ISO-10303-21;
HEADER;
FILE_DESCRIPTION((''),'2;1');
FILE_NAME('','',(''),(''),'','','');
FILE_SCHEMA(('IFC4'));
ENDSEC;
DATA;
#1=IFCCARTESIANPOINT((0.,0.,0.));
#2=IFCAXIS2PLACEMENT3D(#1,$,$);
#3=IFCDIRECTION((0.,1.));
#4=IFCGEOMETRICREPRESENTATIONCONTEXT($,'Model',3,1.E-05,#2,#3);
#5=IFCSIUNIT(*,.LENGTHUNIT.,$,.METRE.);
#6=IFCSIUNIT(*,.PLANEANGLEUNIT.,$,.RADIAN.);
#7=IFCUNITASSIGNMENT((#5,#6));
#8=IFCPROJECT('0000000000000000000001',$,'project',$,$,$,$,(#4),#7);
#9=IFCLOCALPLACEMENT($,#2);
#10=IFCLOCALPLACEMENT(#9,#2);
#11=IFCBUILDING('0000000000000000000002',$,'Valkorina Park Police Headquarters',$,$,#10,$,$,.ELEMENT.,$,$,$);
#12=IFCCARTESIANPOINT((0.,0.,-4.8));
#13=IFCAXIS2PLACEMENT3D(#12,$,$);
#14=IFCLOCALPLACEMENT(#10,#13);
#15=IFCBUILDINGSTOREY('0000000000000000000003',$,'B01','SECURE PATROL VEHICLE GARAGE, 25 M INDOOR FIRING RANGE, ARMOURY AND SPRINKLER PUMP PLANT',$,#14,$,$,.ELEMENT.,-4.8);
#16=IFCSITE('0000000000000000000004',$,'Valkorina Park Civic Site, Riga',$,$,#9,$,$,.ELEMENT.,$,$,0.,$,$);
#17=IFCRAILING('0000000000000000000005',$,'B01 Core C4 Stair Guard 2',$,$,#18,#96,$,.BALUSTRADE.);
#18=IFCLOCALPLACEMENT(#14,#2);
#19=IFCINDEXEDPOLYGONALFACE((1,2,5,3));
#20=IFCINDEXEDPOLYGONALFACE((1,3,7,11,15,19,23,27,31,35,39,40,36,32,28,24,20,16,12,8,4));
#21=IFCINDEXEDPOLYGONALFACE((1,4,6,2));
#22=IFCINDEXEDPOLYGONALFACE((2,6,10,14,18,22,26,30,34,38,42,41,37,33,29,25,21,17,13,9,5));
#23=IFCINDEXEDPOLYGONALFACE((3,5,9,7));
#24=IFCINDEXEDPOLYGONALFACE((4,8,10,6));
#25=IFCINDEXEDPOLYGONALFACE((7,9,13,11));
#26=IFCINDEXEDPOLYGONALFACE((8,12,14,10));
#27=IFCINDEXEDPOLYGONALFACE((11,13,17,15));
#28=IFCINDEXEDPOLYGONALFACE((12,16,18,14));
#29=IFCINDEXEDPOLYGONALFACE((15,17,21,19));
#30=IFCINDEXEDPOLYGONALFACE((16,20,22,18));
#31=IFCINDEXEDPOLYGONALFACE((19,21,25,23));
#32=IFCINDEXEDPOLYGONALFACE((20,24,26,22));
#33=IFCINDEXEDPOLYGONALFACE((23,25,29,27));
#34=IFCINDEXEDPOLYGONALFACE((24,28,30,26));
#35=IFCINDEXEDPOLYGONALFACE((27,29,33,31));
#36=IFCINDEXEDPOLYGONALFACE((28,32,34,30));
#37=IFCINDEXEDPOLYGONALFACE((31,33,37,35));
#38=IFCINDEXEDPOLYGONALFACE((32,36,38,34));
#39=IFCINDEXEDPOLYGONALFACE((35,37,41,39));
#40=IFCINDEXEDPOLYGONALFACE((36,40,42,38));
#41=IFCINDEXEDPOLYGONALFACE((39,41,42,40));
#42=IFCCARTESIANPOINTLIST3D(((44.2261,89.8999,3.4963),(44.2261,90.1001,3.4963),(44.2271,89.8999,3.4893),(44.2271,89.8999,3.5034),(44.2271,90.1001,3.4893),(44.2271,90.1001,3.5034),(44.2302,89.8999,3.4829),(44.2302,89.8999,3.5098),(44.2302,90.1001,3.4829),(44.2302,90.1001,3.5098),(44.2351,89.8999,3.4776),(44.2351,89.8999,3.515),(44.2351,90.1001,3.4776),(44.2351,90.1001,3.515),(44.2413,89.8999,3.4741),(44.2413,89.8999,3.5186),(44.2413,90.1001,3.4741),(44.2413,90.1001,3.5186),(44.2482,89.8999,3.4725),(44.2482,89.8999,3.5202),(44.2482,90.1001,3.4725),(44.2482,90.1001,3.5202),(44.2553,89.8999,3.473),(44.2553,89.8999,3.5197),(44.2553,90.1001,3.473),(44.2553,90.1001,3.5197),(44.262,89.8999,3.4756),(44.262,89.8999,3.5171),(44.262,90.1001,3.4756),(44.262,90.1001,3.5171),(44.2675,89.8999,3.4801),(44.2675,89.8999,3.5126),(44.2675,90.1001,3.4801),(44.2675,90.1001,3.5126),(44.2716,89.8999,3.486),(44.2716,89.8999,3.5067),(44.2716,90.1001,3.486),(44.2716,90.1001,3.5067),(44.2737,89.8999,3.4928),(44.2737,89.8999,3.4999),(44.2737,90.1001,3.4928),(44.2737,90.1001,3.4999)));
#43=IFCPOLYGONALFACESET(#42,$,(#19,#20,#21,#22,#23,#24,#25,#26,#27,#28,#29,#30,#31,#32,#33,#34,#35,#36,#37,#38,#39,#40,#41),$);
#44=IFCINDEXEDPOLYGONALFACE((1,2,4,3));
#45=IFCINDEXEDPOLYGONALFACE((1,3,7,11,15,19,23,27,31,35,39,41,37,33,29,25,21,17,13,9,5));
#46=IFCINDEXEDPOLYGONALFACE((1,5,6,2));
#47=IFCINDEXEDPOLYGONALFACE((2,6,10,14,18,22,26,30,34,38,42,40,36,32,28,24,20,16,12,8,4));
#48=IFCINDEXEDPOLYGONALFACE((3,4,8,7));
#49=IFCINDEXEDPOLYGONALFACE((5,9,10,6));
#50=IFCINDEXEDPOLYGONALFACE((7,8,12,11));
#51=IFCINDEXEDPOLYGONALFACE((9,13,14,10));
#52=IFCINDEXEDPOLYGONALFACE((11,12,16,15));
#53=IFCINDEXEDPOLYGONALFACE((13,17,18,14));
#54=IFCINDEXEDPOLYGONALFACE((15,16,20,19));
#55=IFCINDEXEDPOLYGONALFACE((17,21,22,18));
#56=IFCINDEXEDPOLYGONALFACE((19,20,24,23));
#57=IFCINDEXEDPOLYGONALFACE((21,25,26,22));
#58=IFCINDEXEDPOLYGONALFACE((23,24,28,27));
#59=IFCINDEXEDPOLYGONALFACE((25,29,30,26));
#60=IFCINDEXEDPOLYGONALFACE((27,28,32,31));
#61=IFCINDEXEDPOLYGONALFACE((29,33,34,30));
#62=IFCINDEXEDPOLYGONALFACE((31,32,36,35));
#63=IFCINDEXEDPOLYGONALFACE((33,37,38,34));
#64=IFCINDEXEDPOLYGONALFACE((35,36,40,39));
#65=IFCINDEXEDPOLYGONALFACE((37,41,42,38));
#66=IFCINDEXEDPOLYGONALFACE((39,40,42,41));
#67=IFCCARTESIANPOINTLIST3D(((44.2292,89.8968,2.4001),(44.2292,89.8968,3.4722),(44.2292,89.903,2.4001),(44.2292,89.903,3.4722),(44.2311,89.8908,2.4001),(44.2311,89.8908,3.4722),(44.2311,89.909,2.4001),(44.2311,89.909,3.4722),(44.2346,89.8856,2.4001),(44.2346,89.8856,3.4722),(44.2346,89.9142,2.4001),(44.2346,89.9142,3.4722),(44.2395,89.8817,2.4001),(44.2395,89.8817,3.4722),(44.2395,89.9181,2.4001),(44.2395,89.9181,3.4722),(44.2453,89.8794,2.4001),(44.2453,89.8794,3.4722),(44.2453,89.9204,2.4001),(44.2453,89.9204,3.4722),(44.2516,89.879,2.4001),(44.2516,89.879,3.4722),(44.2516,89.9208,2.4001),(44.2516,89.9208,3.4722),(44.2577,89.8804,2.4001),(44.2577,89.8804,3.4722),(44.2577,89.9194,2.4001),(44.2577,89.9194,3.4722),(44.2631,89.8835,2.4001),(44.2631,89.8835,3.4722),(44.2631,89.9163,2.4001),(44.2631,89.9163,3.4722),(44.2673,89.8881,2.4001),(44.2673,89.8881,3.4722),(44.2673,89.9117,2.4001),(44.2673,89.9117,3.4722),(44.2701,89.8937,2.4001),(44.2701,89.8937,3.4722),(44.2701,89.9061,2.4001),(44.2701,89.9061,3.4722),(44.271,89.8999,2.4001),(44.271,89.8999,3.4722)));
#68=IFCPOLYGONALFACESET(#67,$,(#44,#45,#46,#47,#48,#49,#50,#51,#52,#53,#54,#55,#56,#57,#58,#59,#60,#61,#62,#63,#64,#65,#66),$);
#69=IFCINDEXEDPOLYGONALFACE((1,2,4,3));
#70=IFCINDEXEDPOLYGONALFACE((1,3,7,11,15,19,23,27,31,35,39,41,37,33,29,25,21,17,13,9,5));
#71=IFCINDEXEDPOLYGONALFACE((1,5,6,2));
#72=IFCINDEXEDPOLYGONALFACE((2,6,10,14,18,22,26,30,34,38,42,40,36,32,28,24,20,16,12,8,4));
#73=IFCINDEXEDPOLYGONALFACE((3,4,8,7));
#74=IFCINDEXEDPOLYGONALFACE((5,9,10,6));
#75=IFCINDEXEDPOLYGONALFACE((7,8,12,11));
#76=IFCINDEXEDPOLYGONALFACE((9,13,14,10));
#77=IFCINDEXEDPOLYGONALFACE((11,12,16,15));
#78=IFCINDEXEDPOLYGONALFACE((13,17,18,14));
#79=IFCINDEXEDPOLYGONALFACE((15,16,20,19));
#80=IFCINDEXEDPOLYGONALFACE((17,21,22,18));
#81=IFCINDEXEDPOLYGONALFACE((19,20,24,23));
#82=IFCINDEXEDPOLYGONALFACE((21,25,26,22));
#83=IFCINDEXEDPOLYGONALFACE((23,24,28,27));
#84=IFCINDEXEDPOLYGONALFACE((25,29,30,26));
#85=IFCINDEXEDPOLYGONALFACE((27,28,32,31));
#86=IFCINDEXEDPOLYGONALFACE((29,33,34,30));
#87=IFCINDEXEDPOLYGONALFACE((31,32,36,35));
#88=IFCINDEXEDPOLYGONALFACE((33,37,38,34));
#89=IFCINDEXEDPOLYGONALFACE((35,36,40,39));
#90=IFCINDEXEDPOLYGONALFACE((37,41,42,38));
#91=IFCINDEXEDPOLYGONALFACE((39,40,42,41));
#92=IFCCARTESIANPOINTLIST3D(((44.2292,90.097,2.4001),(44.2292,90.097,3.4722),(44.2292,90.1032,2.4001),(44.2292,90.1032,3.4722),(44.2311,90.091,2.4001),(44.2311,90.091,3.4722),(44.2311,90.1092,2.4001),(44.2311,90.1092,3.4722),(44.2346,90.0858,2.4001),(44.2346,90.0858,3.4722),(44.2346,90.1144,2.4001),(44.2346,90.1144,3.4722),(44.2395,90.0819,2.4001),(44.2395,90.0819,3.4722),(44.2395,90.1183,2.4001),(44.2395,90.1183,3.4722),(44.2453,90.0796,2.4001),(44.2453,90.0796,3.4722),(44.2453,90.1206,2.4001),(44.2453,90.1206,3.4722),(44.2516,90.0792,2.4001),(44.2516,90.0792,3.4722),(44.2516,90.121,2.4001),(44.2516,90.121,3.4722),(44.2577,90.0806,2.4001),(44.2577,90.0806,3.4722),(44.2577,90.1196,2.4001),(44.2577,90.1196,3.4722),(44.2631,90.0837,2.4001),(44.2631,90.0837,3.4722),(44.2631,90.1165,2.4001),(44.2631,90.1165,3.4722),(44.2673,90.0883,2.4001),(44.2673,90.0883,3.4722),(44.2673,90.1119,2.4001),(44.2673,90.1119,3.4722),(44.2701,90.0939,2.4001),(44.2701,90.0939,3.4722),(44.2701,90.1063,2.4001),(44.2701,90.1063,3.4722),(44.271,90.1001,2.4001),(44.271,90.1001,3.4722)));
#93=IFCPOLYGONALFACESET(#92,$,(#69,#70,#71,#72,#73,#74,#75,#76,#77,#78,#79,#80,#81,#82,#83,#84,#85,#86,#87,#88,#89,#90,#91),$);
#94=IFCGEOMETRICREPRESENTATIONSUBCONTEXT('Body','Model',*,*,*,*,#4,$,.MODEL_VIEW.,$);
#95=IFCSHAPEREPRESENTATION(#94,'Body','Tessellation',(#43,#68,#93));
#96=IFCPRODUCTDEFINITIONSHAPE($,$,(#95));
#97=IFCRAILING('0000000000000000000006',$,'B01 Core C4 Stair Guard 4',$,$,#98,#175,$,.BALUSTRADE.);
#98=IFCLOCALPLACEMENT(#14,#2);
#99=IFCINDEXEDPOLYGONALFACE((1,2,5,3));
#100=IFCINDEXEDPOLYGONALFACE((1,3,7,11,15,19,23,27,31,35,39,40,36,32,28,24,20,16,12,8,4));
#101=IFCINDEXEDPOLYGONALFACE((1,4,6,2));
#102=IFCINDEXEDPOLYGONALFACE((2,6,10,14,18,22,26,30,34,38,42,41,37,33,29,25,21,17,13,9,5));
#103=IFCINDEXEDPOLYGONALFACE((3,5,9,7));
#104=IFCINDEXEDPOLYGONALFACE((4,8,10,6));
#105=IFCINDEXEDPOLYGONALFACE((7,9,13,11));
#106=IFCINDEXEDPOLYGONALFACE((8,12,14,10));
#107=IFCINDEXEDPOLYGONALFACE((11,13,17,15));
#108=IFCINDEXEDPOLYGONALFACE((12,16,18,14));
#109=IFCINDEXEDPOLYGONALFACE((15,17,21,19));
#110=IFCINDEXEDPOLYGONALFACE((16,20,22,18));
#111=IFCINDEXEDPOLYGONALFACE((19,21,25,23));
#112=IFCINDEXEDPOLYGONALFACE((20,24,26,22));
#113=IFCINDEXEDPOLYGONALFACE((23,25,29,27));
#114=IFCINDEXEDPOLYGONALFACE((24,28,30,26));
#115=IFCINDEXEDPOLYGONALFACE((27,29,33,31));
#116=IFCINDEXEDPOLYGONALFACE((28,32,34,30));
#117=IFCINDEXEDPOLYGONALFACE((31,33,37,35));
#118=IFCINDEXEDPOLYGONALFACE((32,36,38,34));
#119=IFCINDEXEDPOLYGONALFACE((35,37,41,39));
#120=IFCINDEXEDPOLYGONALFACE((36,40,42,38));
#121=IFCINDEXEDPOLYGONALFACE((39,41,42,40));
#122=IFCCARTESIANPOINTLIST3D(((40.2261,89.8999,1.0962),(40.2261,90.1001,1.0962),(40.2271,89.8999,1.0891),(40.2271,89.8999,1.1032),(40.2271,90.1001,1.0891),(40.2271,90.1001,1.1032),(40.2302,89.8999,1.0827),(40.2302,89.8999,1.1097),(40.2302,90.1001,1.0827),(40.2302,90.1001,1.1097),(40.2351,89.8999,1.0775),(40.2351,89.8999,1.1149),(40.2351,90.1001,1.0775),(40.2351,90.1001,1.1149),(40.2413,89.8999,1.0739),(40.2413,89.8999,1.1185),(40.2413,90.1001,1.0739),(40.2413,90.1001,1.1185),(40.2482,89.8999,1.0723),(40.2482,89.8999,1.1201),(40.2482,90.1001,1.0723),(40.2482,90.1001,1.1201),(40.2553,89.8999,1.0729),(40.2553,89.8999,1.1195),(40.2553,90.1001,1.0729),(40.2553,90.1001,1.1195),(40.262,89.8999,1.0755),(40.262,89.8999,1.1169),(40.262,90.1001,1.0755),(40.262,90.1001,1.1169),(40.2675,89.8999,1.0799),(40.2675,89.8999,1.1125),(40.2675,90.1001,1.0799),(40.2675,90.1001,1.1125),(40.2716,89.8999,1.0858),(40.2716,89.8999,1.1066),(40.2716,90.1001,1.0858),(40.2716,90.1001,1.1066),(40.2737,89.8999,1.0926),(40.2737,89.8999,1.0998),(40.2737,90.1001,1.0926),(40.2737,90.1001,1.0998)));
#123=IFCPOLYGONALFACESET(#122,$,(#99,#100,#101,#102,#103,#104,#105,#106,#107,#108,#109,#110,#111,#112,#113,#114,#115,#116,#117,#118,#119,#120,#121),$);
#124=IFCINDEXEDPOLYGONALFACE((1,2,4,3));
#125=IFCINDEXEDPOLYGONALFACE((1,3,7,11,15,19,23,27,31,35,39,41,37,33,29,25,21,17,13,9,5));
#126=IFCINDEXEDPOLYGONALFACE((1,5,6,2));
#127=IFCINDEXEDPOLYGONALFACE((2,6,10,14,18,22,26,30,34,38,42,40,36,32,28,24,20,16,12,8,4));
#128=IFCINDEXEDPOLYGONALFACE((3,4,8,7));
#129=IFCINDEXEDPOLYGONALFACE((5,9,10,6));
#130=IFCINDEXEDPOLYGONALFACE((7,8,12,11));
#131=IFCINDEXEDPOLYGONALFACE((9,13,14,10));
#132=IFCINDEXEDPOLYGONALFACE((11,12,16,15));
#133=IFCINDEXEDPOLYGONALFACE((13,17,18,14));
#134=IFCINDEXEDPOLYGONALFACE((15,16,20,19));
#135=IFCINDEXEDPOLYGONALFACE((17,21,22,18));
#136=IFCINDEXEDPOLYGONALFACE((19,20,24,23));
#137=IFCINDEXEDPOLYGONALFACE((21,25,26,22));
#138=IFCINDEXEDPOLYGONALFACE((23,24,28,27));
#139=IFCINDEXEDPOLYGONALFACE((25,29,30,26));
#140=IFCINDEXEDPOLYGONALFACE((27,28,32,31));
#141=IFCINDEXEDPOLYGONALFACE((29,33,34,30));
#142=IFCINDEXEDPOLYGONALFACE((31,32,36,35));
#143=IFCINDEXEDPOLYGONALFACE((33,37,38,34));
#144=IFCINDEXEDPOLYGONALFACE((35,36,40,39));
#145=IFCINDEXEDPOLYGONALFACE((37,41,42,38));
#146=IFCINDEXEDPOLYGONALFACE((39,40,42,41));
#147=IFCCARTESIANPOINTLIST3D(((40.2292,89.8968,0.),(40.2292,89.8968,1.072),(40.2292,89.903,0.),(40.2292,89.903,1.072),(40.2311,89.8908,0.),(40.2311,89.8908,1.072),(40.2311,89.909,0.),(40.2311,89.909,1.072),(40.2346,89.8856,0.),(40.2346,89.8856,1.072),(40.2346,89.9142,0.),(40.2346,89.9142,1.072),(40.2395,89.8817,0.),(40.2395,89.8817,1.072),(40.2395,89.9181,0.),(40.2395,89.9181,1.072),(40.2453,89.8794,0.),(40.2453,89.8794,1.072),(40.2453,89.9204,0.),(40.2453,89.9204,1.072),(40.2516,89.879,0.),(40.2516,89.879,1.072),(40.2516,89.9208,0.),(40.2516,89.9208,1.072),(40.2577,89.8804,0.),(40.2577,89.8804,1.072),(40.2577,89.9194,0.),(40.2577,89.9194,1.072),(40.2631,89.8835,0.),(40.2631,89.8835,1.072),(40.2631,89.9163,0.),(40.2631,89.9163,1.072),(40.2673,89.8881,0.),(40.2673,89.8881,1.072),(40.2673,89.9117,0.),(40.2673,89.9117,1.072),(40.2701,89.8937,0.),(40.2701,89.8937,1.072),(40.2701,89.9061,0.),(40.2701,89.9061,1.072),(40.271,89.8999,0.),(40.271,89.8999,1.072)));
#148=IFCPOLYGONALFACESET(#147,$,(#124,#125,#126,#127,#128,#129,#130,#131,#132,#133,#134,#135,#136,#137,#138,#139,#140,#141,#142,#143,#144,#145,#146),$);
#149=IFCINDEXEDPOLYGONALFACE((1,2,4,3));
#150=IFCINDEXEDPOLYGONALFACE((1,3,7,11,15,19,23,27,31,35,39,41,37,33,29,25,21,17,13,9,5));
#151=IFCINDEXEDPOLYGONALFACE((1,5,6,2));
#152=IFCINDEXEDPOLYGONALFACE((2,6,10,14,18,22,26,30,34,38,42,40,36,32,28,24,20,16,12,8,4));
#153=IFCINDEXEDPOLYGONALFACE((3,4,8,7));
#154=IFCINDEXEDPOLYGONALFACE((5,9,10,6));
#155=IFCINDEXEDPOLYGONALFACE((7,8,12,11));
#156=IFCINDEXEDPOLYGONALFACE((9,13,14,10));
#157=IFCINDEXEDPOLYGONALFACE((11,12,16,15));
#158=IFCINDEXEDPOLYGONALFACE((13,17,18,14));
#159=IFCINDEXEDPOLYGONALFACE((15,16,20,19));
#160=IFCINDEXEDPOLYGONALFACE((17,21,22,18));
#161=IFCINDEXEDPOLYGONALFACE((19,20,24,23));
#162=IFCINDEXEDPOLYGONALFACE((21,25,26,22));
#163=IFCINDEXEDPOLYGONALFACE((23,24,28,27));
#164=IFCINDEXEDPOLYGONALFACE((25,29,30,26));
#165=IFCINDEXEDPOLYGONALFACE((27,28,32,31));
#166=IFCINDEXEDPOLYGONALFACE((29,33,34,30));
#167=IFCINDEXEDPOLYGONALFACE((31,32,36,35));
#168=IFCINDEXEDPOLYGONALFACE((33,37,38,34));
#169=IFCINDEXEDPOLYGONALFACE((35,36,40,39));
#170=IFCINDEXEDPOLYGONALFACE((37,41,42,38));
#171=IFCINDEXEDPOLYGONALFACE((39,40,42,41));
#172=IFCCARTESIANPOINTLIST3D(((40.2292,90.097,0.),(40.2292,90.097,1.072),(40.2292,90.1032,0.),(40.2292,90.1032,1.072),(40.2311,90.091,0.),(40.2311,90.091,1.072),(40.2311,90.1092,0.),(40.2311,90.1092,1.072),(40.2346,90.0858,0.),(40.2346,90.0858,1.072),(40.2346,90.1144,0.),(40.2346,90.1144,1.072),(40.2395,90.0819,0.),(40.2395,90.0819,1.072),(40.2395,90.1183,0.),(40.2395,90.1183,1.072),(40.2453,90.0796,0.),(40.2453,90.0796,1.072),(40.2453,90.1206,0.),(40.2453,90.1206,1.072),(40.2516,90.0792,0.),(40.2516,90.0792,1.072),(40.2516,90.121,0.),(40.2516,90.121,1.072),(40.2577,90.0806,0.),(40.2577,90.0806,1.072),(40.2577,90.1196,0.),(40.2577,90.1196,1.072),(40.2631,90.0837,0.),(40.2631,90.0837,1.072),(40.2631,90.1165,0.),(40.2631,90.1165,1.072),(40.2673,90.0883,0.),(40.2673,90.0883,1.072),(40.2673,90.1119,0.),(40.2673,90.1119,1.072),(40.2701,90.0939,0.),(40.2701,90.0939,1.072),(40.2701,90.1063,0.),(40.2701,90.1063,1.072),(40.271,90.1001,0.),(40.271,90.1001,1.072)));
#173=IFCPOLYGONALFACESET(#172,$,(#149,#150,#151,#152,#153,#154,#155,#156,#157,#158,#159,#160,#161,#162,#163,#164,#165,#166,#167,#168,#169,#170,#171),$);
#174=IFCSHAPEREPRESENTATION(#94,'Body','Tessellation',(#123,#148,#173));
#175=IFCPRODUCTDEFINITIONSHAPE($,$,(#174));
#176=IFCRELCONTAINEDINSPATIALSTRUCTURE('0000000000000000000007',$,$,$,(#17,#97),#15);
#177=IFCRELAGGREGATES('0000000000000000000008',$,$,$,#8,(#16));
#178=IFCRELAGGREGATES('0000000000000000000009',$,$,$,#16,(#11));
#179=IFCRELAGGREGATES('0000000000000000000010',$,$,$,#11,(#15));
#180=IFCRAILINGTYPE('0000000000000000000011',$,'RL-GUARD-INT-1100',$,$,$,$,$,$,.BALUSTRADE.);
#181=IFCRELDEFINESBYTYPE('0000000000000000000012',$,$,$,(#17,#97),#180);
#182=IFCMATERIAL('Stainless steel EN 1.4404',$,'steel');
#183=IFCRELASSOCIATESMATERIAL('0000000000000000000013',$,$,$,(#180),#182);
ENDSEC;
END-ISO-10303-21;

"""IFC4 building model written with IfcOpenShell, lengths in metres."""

from ifc_helpers import new_model, si_unit, direction, frame, origin, origin_2d, place, context, subcontext, project, spatial, circle, extrude, material, type_object, element, save


model = new_model("IFC4")

# Units and contexts
model_context = context("Model", 3, precision=1e-05, world=origin(), true_north=direction((0.0, 1.0)))
body_context = subcontext(model_context, "Body", "Model", "MODEL_VIEW")
ifc_project = project(units=[si_unit("LENGTHUNIT", "METRE"), si_unit("PLANEANGLEUNIT", "RADIAN")], contexts=[model_context])

# Site, building, storey
site_placement = place(None, origin())
site = spatial("IfcSite", under=ifc_project, at=site_placement, Name="Valkorina Park Civic Site, Riga", CompositionType="ELEMENT", RefElevation=0.0)
building_placement = place(site_placement, origin())
building = spatial("IfcBuilding", under=site, at=building_placement, Name="Valkorina Park Police Headquarters", CompositionType="ELEMENT")
storey_placement = place(building_placement, frame((0.0, 0.0, -4.8)))
storey = spatial("IfcBuildingStorey", under=building, at=storey_placement, Name="B01", Description="SECURE PATROL VEHICLE GARAGE, 25 M INDOOR FIRING RANGE, ARMOURY AND SPRINKLER PUMP PLANT", CompositionType="ELEMENT", Elevation=-4.8)

# Railings
ifc_material_1 = material(Name="Stainless steel EN 1.4404", Category="steel")
railing_type_1 = type_object("IfcRailingType", Name="RL-GUARD-INT-1100", PredefinedType="BALUSTRADE", material=ifc_material_1)
for number, where, name in (
    (1, (44.25, 89.8999, 2.4001), "B01 Core C4 Stair Guard 2"),
    (2, (40.25, 89.8999, 0.0), "B01 Core C4 Stair Guard 4"),
):
    element("IfcRailing", number, at=place(storey_placement, frame(where)), inside=storey, type_object=railing_type_1, Name=name, PredefinedType="BALUSTRADE", context=body_context, shape_type="SweptSolid", body=[
        extrude(circle(Radius=0.0239, at=origin_2d()), frame((0.0, 0.0, 1.0962), z_axis=(0.0, 1.0, 0.0), x_axis=(-1.0, 0.0, 0.0)), (0.0, 0.0, 1.0), 0.2002),
        extrude(circle(Radius=0.021, at=origin_2d()), origin(), (0.0, 0.0, 1.0), 1.072),
        extrude(circle(Radius=0.021, at=origin_2d()), frame((0.0, 0.2002, 0.0)), (0.0, 0.0, 1.0), 1.072),
    ])

save(model, "model.ifc")
